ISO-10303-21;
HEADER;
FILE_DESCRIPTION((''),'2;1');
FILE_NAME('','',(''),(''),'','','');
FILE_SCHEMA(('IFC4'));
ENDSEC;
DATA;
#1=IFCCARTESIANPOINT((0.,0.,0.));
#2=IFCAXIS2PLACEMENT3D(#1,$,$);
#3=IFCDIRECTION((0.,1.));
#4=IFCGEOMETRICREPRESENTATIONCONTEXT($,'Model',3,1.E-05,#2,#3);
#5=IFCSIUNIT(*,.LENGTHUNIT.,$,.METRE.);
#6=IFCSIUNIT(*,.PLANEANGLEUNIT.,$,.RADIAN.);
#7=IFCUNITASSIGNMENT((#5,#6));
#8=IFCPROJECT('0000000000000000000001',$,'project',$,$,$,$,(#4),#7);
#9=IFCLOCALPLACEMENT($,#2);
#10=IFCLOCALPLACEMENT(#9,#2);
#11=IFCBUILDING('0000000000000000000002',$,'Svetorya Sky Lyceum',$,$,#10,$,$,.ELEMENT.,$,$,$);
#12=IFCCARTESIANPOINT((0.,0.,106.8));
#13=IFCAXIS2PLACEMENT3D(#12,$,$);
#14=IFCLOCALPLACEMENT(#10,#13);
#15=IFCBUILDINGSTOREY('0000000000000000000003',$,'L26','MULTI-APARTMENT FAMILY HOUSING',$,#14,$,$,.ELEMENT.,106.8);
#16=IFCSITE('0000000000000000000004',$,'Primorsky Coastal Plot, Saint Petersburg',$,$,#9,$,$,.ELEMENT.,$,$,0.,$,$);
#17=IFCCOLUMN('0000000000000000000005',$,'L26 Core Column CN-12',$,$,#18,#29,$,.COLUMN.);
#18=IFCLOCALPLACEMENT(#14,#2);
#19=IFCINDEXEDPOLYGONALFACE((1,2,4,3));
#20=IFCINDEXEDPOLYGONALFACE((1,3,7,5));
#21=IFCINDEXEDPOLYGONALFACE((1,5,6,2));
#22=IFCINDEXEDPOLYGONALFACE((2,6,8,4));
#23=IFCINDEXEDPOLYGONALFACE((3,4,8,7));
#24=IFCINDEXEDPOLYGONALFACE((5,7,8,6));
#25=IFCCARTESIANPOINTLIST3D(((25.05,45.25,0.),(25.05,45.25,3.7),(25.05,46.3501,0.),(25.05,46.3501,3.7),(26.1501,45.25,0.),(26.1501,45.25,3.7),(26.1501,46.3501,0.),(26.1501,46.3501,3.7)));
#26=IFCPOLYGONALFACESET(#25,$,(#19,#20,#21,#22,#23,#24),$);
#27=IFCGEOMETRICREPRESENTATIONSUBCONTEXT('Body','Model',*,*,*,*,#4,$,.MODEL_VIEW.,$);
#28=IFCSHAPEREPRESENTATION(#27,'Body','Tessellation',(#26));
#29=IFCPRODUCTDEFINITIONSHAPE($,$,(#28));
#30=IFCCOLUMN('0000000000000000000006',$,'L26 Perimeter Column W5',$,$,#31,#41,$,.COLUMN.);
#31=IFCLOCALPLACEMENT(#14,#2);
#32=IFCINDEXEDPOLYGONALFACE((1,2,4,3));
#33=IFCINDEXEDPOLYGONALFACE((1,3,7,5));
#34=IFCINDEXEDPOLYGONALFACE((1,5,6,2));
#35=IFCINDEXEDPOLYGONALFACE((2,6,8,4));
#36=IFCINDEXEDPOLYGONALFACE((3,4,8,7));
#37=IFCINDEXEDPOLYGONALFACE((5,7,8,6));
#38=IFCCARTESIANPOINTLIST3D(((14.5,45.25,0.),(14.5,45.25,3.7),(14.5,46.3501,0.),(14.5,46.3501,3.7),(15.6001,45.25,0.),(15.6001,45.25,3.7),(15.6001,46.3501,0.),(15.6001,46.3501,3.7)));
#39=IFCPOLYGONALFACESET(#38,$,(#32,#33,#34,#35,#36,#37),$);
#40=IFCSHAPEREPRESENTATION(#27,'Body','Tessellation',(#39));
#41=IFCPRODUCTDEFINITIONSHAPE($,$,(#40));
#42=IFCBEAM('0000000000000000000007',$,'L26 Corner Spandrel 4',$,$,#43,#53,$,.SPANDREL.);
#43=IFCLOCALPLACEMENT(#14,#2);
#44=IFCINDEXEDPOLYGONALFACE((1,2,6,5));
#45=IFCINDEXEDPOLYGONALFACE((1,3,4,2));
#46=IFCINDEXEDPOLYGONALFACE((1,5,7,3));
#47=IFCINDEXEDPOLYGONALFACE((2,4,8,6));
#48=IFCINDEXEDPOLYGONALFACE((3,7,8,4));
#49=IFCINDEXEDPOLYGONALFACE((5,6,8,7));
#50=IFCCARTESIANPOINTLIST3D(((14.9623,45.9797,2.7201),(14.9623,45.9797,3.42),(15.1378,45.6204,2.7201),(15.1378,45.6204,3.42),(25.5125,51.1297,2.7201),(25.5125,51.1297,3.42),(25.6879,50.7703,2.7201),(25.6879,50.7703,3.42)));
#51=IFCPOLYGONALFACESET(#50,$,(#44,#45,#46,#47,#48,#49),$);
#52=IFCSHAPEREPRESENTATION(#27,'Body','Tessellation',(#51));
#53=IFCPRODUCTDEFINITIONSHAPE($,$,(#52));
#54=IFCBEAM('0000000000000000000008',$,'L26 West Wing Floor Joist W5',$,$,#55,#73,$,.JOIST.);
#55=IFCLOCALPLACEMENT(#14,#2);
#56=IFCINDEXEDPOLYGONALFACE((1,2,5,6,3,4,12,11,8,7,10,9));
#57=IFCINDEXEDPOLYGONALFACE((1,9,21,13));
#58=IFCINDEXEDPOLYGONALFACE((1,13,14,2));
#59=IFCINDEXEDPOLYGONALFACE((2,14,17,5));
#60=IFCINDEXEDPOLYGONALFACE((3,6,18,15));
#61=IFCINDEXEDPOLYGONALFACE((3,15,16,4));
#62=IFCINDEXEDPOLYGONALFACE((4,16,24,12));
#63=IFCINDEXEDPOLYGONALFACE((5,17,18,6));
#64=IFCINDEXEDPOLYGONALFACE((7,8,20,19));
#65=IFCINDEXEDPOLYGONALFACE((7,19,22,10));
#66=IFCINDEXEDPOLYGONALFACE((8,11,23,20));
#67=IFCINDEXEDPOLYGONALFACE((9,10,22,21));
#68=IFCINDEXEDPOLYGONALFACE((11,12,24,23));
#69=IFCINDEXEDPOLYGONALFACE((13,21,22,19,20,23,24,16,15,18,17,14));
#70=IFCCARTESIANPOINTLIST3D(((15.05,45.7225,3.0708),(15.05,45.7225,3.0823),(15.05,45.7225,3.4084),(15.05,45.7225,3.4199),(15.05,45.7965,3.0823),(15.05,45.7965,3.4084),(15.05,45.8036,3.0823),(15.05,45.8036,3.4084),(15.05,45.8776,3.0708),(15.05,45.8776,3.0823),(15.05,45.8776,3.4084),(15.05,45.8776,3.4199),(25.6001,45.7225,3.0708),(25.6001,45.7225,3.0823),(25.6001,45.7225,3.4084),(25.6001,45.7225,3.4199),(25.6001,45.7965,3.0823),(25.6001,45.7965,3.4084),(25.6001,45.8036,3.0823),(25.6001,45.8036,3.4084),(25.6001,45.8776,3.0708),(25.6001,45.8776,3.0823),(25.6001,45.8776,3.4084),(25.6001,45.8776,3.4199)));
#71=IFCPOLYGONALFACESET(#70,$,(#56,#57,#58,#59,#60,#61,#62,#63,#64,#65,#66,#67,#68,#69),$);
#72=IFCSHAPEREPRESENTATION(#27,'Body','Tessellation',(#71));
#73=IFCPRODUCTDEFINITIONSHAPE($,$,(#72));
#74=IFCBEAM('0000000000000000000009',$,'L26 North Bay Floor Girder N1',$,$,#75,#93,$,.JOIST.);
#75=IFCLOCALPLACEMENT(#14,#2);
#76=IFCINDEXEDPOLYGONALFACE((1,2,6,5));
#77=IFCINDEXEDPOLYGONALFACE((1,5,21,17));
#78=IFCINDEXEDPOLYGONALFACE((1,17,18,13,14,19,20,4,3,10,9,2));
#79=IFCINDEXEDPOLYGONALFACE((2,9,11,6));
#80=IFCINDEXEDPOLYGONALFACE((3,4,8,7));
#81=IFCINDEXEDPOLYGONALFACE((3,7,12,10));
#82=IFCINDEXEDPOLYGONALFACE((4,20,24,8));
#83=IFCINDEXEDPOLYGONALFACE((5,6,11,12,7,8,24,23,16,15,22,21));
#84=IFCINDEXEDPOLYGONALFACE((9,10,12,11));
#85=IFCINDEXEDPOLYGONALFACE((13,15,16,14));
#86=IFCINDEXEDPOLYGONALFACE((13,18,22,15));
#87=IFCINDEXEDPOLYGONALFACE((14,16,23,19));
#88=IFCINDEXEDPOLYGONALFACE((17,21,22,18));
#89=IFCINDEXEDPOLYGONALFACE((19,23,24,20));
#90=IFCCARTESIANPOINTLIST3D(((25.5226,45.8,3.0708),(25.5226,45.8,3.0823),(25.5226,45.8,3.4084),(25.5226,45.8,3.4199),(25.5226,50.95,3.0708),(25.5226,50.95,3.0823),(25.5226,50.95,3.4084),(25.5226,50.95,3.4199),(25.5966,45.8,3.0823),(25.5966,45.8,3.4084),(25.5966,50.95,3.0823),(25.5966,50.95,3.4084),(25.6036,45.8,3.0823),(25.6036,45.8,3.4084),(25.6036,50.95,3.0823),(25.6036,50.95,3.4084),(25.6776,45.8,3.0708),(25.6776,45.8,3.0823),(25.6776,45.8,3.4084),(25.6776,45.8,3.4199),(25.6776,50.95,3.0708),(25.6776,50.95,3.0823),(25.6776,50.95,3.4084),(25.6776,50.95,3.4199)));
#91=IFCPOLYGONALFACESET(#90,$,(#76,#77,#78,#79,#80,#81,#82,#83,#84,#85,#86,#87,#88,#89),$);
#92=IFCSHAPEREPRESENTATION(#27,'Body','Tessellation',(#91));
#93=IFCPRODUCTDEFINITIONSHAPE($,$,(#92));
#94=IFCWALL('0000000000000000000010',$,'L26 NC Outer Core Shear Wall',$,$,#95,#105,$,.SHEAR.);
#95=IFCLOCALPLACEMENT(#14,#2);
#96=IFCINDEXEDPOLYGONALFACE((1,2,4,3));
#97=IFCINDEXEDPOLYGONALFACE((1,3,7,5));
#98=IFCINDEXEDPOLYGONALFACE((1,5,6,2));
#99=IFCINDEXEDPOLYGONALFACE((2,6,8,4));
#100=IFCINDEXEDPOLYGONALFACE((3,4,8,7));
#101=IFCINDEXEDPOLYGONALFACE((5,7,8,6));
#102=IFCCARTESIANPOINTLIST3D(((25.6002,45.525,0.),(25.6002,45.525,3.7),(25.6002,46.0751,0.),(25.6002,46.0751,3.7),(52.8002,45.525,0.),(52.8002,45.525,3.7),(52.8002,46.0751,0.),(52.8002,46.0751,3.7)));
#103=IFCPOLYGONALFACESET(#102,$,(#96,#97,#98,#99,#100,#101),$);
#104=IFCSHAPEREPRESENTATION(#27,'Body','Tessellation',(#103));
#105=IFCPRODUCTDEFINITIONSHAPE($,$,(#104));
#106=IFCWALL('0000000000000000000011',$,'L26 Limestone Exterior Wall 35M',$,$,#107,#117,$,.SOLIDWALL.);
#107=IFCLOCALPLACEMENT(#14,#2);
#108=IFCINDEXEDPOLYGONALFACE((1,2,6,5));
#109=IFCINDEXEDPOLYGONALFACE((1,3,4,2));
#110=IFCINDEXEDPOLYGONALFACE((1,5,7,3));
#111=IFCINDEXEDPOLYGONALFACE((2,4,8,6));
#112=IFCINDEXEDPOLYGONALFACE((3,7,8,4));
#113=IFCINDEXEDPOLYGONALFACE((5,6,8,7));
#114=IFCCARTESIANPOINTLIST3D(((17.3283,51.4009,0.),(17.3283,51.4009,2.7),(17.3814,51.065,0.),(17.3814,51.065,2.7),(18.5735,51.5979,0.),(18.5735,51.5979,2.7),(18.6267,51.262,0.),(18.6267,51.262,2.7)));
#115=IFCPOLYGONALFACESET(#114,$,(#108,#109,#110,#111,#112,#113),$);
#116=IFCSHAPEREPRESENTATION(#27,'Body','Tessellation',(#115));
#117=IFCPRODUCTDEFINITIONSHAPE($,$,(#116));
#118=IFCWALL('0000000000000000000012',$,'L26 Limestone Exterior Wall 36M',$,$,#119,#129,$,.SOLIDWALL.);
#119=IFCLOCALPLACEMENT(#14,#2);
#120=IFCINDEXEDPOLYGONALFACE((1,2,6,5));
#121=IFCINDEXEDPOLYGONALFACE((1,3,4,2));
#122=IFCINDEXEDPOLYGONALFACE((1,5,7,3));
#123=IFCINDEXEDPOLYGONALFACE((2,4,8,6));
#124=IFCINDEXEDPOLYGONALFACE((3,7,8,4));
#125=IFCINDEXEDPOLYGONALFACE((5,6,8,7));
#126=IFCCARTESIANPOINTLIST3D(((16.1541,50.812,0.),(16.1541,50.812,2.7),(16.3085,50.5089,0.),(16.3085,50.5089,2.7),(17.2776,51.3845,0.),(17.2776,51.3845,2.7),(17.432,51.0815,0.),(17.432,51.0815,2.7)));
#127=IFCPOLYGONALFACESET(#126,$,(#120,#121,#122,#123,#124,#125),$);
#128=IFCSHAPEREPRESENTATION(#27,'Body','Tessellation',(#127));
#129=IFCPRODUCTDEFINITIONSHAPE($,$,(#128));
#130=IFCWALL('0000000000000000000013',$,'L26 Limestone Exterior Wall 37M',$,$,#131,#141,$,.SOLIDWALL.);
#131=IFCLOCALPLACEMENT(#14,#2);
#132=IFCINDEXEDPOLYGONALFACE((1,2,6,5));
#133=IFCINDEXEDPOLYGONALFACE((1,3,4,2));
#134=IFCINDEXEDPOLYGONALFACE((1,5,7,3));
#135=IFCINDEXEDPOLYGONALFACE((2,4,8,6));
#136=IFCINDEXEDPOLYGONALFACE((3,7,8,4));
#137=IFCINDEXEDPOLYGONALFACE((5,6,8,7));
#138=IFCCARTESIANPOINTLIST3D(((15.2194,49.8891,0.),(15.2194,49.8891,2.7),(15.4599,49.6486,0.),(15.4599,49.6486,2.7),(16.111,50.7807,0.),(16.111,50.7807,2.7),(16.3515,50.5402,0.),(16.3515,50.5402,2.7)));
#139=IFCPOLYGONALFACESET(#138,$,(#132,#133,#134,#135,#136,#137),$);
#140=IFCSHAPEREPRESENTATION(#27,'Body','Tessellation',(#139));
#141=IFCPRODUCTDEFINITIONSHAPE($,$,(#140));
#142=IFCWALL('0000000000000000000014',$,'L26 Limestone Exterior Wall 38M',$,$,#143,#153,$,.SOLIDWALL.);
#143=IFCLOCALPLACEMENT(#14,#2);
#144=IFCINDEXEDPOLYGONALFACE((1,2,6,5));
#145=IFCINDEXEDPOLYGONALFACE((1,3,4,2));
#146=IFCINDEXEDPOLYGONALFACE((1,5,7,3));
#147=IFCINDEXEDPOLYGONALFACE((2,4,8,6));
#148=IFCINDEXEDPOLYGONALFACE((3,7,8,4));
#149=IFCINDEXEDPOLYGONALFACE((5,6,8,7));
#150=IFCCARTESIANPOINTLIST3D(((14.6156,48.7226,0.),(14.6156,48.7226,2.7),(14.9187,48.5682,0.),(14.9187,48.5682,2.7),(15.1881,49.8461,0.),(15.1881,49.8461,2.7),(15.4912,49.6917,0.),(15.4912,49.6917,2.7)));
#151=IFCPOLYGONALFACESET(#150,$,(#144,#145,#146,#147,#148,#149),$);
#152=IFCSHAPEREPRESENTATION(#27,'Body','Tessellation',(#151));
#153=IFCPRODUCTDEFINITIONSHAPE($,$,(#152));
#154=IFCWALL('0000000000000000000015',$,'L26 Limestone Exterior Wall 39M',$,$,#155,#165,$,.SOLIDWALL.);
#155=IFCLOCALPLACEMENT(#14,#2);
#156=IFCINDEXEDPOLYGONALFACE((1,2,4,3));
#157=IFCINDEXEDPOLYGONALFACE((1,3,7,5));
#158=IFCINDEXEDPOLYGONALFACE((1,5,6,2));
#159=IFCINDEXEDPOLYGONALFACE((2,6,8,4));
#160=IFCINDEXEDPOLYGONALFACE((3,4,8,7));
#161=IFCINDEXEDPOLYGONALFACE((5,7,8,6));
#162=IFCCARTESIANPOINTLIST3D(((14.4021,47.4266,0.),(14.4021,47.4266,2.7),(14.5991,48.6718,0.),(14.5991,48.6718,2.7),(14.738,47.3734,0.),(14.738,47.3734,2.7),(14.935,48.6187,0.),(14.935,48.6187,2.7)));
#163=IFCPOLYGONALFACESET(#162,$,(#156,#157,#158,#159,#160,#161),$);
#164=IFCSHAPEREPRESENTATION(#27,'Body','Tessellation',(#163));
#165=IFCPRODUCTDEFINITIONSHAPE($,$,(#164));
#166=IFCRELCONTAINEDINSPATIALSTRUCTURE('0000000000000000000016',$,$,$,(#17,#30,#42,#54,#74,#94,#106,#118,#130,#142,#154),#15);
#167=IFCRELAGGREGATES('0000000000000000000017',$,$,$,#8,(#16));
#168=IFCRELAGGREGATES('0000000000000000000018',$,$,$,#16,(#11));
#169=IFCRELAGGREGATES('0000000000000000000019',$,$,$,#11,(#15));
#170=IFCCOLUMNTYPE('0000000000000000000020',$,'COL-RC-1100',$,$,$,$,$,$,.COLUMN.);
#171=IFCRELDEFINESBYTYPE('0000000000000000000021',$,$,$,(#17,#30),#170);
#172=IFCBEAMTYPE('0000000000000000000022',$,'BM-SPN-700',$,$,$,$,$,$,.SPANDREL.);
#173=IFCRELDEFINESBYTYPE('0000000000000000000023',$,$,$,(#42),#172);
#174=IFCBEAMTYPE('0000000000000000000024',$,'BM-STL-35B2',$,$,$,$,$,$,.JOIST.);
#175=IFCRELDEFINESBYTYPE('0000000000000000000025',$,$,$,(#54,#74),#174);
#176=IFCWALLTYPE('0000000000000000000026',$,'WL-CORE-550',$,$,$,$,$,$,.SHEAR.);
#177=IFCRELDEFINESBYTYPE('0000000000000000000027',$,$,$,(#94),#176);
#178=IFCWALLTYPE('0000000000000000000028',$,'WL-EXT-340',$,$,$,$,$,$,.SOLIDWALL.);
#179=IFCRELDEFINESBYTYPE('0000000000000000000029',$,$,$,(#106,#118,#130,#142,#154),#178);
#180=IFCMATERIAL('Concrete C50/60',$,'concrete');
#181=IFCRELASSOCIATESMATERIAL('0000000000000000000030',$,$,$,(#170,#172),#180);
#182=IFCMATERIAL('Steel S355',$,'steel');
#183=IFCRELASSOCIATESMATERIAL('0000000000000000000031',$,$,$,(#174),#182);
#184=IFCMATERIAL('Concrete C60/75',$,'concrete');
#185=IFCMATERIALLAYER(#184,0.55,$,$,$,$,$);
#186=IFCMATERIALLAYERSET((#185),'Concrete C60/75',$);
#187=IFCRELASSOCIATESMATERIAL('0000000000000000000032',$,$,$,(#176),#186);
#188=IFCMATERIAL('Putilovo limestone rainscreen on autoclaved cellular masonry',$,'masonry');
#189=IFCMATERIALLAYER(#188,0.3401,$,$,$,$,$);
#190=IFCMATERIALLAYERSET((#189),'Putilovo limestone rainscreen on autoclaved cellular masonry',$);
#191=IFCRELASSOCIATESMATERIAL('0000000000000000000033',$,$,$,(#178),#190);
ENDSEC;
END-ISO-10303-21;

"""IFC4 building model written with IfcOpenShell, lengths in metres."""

from ifc_helpers import new_model, si_unit, direction, frame, frame_2d, origin, origin_2d, place, context, subcontext, project, spatial, rectangle, i_section, extrude, material, layer, layer_set, material_profile, profile_set, type_object, element, save


model = new_model("IFC4")

# Units and contexts
model_context = context("Model", 3, precision=1e-05, world=origin(), true_north=direction((0.0, 1.0)))
body_context = subcontext(model_context, "Body", "Model", "MODEL_VIEW")
ifc_project = project(units=[si_unit("LENGTHUNIT", "METRE"), si_unit("PLANEANGLEUNIT", "RADIAN")], contexts=[model_context])

# Site, building, storey
site_placement = place(None, origin())
site = spatial("IfcSite", under=ifc_project, at=site_placement, Name="Primorsky Coastal Plot, Saint Petersburg", CompositionType="ELEMENT", RefElevation=0.0)
building_placement = place(site_placement, origin())
building = spatial("IfcBuilding", under=site, at=building_placement, Name="Svetorya Sky Lyceum", CompositionType="ELEMENT")
storey_placement = place(building_placement, frame((0.0, 0.0, 106.8)))
storey = spatial("IfcBuildingStorey", under=building, at=storey_placement, Name="L26", Description="MULTI-APARTMENT FAMILY HOUSING", CompositionType="ELEMENT", Elevation=106.8)

# Columns
ifc_material_1 = material(Name="Concrete C50/60", Category="concrete")
ifc_material_profile_1 = material_profile(ifc_material_1, rectangle(XDim=1.1001, YDim=1.1001, at=origin_2d()), Name="RC COL 1100x1100")
ifc_profile_set_1 = profile_set([ifc_material_profile_1], Name="Concrete C50/60")
column_type = type_object("IfcColumnType", Name="COL-RC-1100", PredefinedType="COLUMN", material=ifc_profile_set_1)
for number, where, z_axis, x_axis, name in (
    (1, (25.6001, 45.8, 0.0), (0.0, 0.0, 1.0), (1.0, 0.0, 0.0), "L26 Core Column CN-12"),
    (2, (15.05, 45.8, 0.0), (0.0, 0.0, 1.0), (1.0, 0.0, 0.0), "L26 Perimeter Column W5"),
):
    element("IfcColumn", number, at=place(storey_placement, frame(where, z_axis=z_axis, x_axis=x_axis)), inside=storey, type_object=column_type, Name=name, PredefinedType="COLUMN", context=body_context, shape_type="SweptSolid", body=[
        extrude(rectangle(XDim=1.1001, YDim=1.1001, at=origin_2d()), origin(), (0.0, 0.0, 1.0), 3.7),
    ])

# Beams
ifc_material_profile_2 = material_profile(ifc_material_1, rectangle(XDim=0.3999, YDim=0.7, at=origin_2d()), Name="RC SPANDREL 400x700")
ifc_profile_set_2 = profile_set([ifc_material_profile_2], Name="Concrete C50/60")
beam_type_1 = type_object("IfcBeamType", Name="BM-SPN-700", PredefinedType="SPANDREL", material=ifc_profile_set_2)
beam_1_placement = place(storey_placement, frame((15.05, 45.8, 3.0701), z_axis=(0.89865, 0.438667, 0.0), x_axis=(-0.438667, 0.89865, 0.0)))
element("IfcBeam", 3, at=beam_1_placement, inside=storey, type_object=beam_type_1, Name="L26 Corner Spandrel 4", PredefinedType="SPANDREL", context=body_context, shape_type="SweptSolid", body=[
    extrude(rectangle(XDim=0.3999, YDim=0.7, at=origin_2d()), origin(), (0.0, 0.0, 1.0), 11.74),
])
ifc_material_2 = material(Name="Steel S355", Category="steel")
ifc_material_profile_3 = material_profile(ifc_material_2, i_section(OverallWidth=0.155, OverallDepth=0.3491, WebThickness=0.0071, FlangeThickness=0.0115, at=origin_2d()), Name="GOST 35B2")
ifc_profile_set_3 = profile_set([ifc_material_profile_3], Name="Steel S355")
beam_type_2 = type_object("IfcBeamType", Name="BM-STL-35B2", PredefinedType="JOIST", material=ifc_profile_set_3)
beam_2_placement = place(storey_placement, frame((15.05, 45.8, 3.2454), z_axis=(1.0, 0.0, 0.0), x_axis=(0.0, 1.0, 0.0)))
element("IfcBeam", 4, at=beam_2_placement, inside=storey, type_object=beam_type_2, Name="L26 West Wing Floor Joist W5", PredefinedType="JOIST", context=body_context, shape_type="SweptSolid", body=[
    extrude(i_section(OverallWidth=0.155, OverallDepth=0.3491, WebThickness=0.0071, FlangeThickness=0.0115, at=origin_2d()), origin(), (0.0, 0.0, 1.0), 10.55),
])
beam_3_placement = place(storey_placement, frame((25.6001, 45.8, 3.2454), z_axis=(0.0, 1.0, 0.0), x_axis=(-1.0, 0.0, 0.0)))
element("IfcBeam", 5, at=beam_3_placement, inside=storey, type_object=beam_type_2, Name="L26 North Bay Floor Girder N1", PredefinedType="JOIST", context=body_context, shape_type="SweptSolid", body=[
    extrude(i_section(OverallWidth=0.155, OverallDepth=0.3491, WebThickness=0.0071, FlangeThickness=0.0115, at=origin_2d()), origin(), (0.0, 0.0, 1.0), 5.1499),
])

# Walls
ifc_material_3 = material(Name="Concrete C60/75", Category="concrete")
ifc_layer_1 = layer(ifc_material_3, 0.55)
ifc_layer_set_1 = layer_set([ifc_layer_1], Name="Concrete C60/75")
wall_type_1 = type_object("IfcWallType", Name="WL-CORE-550", PredefinedType="SHEAR", material=ifc_layer_set_1)
wall_1_placement = place(storey_placement, frame((25.6001, 45.8, 0.0), z_axis=(0.0, 0.0, 1.0), x_axis=(1.0, 0.0, 0.0)))
element("IfcWall", 6, at=wall_1_placement, inside=storey, type_object=wall_type_1, Name="L26 NC Outer Core Shear Wall", PredefinedType="SHEAR", context=body_context, shape_type="SweptSolid", body=[
    extrude(rectangle(XDim=27.2, YDim=0.55, at=frame_2d((13.6001, 0.0))), origin(), (0.0, 0.0, 1.0), 3.7),
])
ifc_material_4 = material(Name="Putilovo limestone rainscreen on autoclaved cellular masonry", Category="masonry")
ifc_layer_2 = layer(ifc_material_4, 0.3401)
ifc_layer_set_2 = layer_set([ifc_layer_2], Name="Putilovo limestone rainscreen on autoclaved cellular masonry")
wall_type_2 = type_object("IfcWallType", Name="WL-EXT-340", PredefinedType="SOLIDWALL", material=ifc_layer_set_2)
wall_2_placement = place(storey_placement, frame((18.6001, 51.4299, 0.0), z_axis=(0.0, 0.0, 1.0), x_axis=(-0.987716, -0.156261, 0.0)))
element("IfcWall", 7, at=wall_2_placement, inside=storey, type_object=wall_type_2, Name="L26 Limestone Exterior Wall 35M", PredefinedType="SOLIDWALL", context=body_context, shape_type="SweptSolid", body=[
    extrude(rectangle(XDim=1.2607, YDim=0.3401, at=frame_2d((0.6304, 0.0))), origin(), (0.0, 0.0, 1.0), 2.7),
])
for number, where, z_axis, x_axis, name in (
    (8, (17.3547, 51.2329, 0.0), (0.0, 0.0, 1.0), (-0.890994, -0.454016, 0.0), "L26 Limestone Exterior Wall 36M"),
    (9, (16.2312, 50.6604, 0.0), (0.0, 0.0, 1.0), (-0.707107, -0.707107, 0.0), "L26 Limestone Exterior Wall 37M"),
    (10, (15.3396, 49.7688, 0.0), (0.0, 0.0, 1.0), (-0.454016, -0.890994, 0.0), "L26 Limestone Exterior Wall 38M"),
):
    element("IfcWall", number, at=place(storey_placement, frame(where, z_axis=z_axis, x_axis=x_axis)), inside=storey, type_object=wall_type_2, Name=name, PredefinedType="SOLIDWALL", context=body_context, shape_type="SweptSolid", body=[
        extrude(rectangle(XDim=1.261, YDim=0.3401, at=frame_2d((0.6304, 0.0))), origin(), (0.0, 0.0, 1.0), 2.7),
    ])
wall_3_placement = place(storey_placement, frame((14.7671, 48.6453, 0.0), z_axis=(0.0, 0.0, 1.0), x_axis=(-0.156261, -0.987716, 0.0)))
element("IfcWall", 11, at=wall_3_placement, inside=storey, type_object=wall_type_2, Name="L26 Limestone Exterior Wall 39M", PredefinedType="SOLIDWALL", context=body_context, shape_type="SweptSolid", body=[
    extrude(rectangle(XDim=1.2607, YDim=0.3401, at=frame_2d((0.6304, 0.0))), origin(), (0.0, 0.0, 1.0), 2.7),
])

save(model, "model.ifc")
